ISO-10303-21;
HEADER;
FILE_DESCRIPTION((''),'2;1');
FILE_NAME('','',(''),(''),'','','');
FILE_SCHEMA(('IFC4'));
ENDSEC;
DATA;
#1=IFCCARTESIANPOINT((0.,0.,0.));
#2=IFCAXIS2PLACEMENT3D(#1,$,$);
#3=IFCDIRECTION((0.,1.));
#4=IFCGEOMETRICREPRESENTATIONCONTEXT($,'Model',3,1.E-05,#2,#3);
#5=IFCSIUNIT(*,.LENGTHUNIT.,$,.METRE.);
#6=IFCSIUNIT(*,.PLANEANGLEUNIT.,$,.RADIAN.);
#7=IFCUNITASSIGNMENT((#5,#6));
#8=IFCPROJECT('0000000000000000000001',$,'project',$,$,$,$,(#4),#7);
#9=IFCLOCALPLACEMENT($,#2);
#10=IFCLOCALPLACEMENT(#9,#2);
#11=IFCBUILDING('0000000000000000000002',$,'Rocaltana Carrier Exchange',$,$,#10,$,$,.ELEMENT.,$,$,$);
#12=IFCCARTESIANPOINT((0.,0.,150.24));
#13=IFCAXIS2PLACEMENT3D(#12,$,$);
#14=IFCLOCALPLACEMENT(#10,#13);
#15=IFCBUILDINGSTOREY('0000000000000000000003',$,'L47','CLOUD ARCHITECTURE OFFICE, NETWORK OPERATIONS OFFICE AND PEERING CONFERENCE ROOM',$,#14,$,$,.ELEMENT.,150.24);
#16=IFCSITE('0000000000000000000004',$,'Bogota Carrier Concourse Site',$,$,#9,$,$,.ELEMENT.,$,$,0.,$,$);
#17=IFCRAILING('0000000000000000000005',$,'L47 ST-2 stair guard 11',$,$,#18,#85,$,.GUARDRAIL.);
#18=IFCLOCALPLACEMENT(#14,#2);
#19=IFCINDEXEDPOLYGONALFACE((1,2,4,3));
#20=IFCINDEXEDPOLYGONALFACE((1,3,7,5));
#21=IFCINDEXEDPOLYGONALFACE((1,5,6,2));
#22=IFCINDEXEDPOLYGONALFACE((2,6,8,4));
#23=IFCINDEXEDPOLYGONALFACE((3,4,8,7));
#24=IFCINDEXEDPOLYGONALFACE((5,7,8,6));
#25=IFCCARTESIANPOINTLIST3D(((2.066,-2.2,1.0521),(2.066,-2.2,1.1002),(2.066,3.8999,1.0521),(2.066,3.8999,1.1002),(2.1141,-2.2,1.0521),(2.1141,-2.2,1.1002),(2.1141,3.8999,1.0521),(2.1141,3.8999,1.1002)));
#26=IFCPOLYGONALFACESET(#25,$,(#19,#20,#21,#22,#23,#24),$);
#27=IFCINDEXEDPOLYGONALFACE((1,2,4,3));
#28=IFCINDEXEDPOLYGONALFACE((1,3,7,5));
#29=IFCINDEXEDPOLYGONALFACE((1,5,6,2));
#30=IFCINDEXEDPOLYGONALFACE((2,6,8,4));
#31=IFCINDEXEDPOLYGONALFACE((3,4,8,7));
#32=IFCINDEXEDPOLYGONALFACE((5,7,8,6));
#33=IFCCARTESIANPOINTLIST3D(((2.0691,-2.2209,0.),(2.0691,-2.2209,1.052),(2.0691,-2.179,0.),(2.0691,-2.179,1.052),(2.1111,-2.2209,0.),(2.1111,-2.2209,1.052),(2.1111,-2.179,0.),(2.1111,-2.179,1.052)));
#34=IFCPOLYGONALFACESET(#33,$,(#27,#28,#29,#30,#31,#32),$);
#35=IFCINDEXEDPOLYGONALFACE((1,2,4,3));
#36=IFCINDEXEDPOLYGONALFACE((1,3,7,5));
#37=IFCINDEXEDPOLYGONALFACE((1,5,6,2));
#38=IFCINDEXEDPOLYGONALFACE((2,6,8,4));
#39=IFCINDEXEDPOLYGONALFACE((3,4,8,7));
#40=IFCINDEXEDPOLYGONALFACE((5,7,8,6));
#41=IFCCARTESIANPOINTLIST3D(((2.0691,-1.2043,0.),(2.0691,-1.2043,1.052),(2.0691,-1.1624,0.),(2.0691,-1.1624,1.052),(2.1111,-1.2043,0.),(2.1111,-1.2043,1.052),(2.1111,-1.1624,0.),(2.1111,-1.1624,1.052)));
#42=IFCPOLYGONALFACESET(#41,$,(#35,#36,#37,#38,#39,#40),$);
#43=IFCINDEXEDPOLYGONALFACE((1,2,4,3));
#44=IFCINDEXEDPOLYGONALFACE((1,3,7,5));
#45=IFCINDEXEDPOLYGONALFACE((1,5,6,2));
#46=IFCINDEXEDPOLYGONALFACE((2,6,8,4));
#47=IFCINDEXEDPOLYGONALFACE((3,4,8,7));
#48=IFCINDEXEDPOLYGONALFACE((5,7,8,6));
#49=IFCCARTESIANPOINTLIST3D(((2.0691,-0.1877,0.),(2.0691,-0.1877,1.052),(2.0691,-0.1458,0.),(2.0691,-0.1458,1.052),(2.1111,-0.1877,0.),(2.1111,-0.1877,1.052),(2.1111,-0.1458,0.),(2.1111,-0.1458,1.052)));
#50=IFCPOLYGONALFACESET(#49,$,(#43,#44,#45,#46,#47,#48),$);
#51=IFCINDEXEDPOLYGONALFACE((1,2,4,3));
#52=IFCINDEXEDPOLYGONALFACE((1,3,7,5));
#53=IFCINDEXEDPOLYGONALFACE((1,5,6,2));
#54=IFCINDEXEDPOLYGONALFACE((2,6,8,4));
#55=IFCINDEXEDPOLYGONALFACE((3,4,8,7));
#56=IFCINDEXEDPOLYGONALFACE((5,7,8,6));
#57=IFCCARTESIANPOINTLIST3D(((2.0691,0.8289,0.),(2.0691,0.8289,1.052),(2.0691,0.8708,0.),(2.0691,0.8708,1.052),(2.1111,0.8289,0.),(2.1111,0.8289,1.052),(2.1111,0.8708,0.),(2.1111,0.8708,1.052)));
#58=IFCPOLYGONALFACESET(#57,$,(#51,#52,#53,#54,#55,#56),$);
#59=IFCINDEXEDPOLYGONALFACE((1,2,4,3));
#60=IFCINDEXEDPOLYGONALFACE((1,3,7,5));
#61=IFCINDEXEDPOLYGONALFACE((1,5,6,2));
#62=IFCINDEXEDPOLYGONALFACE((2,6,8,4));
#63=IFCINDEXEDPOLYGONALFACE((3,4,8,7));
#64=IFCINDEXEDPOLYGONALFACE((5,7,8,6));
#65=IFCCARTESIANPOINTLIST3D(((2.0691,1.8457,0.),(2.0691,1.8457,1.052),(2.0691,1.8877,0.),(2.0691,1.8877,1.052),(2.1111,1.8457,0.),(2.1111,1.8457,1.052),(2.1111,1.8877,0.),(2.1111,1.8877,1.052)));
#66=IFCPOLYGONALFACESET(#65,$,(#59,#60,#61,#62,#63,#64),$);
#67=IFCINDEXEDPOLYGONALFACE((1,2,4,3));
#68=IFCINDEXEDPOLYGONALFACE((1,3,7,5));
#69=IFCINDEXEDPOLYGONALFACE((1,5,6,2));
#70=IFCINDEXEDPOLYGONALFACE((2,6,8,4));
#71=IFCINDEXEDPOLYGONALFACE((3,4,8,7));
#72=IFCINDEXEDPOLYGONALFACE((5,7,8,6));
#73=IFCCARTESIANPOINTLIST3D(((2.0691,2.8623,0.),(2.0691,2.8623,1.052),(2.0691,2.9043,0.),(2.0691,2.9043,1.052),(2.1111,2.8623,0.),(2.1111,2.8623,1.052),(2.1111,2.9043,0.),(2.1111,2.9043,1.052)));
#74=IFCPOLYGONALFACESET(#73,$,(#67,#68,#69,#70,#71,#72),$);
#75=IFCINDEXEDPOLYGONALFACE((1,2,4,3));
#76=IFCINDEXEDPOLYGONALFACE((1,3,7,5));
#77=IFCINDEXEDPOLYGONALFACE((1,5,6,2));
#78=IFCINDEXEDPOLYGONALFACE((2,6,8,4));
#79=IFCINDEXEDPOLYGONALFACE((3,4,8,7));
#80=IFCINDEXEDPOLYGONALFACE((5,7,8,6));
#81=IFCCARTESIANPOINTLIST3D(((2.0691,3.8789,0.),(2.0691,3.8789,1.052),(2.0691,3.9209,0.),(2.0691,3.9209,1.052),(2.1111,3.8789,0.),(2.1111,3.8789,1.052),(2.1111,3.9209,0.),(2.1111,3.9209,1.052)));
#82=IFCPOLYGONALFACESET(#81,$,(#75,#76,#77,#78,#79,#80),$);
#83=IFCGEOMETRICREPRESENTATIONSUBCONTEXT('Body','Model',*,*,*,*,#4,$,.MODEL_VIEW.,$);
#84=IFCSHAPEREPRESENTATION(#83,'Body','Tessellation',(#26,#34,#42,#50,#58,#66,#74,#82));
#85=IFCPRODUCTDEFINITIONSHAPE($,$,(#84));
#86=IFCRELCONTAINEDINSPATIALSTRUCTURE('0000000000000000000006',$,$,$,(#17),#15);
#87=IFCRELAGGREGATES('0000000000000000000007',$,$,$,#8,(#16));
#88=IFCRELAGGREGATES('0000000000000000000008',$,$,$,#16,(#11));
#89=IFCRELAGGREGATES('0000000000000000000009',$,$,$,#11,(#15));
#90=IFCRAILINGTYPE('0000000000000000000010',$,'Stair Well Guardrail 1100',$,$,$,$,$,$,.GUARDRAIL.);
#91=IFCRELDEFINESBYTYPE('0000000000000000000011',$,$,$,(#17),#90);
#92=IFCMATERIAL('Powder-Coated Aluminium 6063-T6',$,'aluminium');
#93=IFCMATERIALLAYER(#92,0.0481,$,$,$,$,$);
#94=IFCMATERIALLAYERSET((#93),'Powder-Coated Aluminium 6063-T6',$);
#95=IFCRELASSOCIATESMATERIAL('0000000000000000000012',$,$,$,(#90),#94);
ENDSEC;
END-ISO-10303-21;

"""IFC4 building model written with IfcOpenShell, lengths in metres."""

from ifc_helpers import new_model, si_unit, direction, frame, origin, origin_2d, place, context, subcontext, project, spatial, rectangle, extrude, material, layer, layer_set, type_object, element, save


model = new_model("IFC4")

# Units and contexts
model_context = context("Model", 3, precision=1e-05, world=origin(), true_north=direction((0.0, 1.0)))
body_context = subcontext(model_context, "Body", "Model", "MODEL_VIEW")
ifc_project = project(units=[si_unit("LENGTHUNIT", "METRE"), si_unit("PLANEANGLEUNIT", "RADIAN")], contexts=[model_context])

# Site, building, storey
site_placement = place(None, origin())
site = spatial("IfcSite", under=ifc_project, at=site_placement, Name="Bogota Carrier Concourse Site", CompositionType="ELEMENT", RefElevation=0.0)
building_placement = place(site_placement, origin())
building = spatial("IfcBuilding", under=site, at=building_placement, Name="Rocaltana Carrier Exchange", CompositionType="ELEMENT")
storey_placement = place(building_placement, frame((0.0, 0.0, 150.24)))
storey = spatial("IfcBuildingStorey", under=building, at=storey_placement, Name="L47", Description="CLOUD ARCHITECTURE OFFICE, NETWORK OPERATIONS OFFICE AND PEERING CONFERENCE ROOM", CompositionType="ELEMENT", Elevation=150.24)

# Railing
ifc_material_1 = material(Name="Powder-Coated Aluminium 6063-T6", Category="aluminium")
ifc_layer_1 = layer(ifc_material_1, 0.0481)
ifc_layer_set_1 = layer_set([ifc_layer_1], Name="Powder-Coated Aluminium 6063-T6")
railing_type_1 = type_object("IfcRailingType", Name="Stair Well Guardrail 1100", PredefinedType="GUARDRAIL", material=ifc_layer_set_1)
for number, where, name in (
    (1, (2.0901, -2.2, 0.0), "L47 ST-2 stair guard 11"),
):
    element("IfcRailing", number, at=place(storey_placement, frame(where)), inside=storey, type_object=railing_type_1, Name=name, PredefinedType="GUARDRAIL", context=body_context, shape_type="SweptSolid", body=[
        extrude(rectangle(XDim=0.0481, YDim=0.0481, at=origin_2d()), frame((0.0, 0.0, 1.0762), z_axis=(0.0, 1.0, 0.0), x_axis=(-1.0, 0.0, 0.0)), (0.0, 0.0, 1.0), 6.0999),
        extrude(rectangle(XDim=0.042, YDim=0.042, at=origin_2d()), origin(), (0.0, 0.0, 1.0), 1.052),
        extrude(rectangle(XDim=0.042, YDim=0.042, at=origin_2d()), frame((0.0, 1.0166, 0.0)), (0.0, 0.0, 1.0), 1.052),
        extrude(rectangle(XDim=0.042, YDim=0.042, at=origin_2d()), frame((0.0, 2.0332, 0.0)), (0.0, 0.0, 1.0), 1.052),
        extrude(rectangle(XDim=0.042, YDim=0.042, at=origin_2d()), frame((0.0, 3.0498, 0.0)), (0.0, 0.0, 1.0), 1.052),
        extrude(rectangle(XDim=0.042, YDim=0.042, at=origin_2d()), frame((0.0, 4.0667, 0.0)), (0.0, 0.0, 1.0), 1.052),
        extrude(rectangle(XDim=0.042, YDim=0.042, at=origin_2d()), frame((0.0, 5.0833, 0.0)), (0.0, 0.0, 1.0), 1.052),
        extrude(rectangle(XDim=0.042, YDim=0.042, at=origin_2d()), frame((0.0, 6.0999, 0.0)), (0.0, 0.0, 1.0), 1.052),
    ])

save(model, "model.ifc")
